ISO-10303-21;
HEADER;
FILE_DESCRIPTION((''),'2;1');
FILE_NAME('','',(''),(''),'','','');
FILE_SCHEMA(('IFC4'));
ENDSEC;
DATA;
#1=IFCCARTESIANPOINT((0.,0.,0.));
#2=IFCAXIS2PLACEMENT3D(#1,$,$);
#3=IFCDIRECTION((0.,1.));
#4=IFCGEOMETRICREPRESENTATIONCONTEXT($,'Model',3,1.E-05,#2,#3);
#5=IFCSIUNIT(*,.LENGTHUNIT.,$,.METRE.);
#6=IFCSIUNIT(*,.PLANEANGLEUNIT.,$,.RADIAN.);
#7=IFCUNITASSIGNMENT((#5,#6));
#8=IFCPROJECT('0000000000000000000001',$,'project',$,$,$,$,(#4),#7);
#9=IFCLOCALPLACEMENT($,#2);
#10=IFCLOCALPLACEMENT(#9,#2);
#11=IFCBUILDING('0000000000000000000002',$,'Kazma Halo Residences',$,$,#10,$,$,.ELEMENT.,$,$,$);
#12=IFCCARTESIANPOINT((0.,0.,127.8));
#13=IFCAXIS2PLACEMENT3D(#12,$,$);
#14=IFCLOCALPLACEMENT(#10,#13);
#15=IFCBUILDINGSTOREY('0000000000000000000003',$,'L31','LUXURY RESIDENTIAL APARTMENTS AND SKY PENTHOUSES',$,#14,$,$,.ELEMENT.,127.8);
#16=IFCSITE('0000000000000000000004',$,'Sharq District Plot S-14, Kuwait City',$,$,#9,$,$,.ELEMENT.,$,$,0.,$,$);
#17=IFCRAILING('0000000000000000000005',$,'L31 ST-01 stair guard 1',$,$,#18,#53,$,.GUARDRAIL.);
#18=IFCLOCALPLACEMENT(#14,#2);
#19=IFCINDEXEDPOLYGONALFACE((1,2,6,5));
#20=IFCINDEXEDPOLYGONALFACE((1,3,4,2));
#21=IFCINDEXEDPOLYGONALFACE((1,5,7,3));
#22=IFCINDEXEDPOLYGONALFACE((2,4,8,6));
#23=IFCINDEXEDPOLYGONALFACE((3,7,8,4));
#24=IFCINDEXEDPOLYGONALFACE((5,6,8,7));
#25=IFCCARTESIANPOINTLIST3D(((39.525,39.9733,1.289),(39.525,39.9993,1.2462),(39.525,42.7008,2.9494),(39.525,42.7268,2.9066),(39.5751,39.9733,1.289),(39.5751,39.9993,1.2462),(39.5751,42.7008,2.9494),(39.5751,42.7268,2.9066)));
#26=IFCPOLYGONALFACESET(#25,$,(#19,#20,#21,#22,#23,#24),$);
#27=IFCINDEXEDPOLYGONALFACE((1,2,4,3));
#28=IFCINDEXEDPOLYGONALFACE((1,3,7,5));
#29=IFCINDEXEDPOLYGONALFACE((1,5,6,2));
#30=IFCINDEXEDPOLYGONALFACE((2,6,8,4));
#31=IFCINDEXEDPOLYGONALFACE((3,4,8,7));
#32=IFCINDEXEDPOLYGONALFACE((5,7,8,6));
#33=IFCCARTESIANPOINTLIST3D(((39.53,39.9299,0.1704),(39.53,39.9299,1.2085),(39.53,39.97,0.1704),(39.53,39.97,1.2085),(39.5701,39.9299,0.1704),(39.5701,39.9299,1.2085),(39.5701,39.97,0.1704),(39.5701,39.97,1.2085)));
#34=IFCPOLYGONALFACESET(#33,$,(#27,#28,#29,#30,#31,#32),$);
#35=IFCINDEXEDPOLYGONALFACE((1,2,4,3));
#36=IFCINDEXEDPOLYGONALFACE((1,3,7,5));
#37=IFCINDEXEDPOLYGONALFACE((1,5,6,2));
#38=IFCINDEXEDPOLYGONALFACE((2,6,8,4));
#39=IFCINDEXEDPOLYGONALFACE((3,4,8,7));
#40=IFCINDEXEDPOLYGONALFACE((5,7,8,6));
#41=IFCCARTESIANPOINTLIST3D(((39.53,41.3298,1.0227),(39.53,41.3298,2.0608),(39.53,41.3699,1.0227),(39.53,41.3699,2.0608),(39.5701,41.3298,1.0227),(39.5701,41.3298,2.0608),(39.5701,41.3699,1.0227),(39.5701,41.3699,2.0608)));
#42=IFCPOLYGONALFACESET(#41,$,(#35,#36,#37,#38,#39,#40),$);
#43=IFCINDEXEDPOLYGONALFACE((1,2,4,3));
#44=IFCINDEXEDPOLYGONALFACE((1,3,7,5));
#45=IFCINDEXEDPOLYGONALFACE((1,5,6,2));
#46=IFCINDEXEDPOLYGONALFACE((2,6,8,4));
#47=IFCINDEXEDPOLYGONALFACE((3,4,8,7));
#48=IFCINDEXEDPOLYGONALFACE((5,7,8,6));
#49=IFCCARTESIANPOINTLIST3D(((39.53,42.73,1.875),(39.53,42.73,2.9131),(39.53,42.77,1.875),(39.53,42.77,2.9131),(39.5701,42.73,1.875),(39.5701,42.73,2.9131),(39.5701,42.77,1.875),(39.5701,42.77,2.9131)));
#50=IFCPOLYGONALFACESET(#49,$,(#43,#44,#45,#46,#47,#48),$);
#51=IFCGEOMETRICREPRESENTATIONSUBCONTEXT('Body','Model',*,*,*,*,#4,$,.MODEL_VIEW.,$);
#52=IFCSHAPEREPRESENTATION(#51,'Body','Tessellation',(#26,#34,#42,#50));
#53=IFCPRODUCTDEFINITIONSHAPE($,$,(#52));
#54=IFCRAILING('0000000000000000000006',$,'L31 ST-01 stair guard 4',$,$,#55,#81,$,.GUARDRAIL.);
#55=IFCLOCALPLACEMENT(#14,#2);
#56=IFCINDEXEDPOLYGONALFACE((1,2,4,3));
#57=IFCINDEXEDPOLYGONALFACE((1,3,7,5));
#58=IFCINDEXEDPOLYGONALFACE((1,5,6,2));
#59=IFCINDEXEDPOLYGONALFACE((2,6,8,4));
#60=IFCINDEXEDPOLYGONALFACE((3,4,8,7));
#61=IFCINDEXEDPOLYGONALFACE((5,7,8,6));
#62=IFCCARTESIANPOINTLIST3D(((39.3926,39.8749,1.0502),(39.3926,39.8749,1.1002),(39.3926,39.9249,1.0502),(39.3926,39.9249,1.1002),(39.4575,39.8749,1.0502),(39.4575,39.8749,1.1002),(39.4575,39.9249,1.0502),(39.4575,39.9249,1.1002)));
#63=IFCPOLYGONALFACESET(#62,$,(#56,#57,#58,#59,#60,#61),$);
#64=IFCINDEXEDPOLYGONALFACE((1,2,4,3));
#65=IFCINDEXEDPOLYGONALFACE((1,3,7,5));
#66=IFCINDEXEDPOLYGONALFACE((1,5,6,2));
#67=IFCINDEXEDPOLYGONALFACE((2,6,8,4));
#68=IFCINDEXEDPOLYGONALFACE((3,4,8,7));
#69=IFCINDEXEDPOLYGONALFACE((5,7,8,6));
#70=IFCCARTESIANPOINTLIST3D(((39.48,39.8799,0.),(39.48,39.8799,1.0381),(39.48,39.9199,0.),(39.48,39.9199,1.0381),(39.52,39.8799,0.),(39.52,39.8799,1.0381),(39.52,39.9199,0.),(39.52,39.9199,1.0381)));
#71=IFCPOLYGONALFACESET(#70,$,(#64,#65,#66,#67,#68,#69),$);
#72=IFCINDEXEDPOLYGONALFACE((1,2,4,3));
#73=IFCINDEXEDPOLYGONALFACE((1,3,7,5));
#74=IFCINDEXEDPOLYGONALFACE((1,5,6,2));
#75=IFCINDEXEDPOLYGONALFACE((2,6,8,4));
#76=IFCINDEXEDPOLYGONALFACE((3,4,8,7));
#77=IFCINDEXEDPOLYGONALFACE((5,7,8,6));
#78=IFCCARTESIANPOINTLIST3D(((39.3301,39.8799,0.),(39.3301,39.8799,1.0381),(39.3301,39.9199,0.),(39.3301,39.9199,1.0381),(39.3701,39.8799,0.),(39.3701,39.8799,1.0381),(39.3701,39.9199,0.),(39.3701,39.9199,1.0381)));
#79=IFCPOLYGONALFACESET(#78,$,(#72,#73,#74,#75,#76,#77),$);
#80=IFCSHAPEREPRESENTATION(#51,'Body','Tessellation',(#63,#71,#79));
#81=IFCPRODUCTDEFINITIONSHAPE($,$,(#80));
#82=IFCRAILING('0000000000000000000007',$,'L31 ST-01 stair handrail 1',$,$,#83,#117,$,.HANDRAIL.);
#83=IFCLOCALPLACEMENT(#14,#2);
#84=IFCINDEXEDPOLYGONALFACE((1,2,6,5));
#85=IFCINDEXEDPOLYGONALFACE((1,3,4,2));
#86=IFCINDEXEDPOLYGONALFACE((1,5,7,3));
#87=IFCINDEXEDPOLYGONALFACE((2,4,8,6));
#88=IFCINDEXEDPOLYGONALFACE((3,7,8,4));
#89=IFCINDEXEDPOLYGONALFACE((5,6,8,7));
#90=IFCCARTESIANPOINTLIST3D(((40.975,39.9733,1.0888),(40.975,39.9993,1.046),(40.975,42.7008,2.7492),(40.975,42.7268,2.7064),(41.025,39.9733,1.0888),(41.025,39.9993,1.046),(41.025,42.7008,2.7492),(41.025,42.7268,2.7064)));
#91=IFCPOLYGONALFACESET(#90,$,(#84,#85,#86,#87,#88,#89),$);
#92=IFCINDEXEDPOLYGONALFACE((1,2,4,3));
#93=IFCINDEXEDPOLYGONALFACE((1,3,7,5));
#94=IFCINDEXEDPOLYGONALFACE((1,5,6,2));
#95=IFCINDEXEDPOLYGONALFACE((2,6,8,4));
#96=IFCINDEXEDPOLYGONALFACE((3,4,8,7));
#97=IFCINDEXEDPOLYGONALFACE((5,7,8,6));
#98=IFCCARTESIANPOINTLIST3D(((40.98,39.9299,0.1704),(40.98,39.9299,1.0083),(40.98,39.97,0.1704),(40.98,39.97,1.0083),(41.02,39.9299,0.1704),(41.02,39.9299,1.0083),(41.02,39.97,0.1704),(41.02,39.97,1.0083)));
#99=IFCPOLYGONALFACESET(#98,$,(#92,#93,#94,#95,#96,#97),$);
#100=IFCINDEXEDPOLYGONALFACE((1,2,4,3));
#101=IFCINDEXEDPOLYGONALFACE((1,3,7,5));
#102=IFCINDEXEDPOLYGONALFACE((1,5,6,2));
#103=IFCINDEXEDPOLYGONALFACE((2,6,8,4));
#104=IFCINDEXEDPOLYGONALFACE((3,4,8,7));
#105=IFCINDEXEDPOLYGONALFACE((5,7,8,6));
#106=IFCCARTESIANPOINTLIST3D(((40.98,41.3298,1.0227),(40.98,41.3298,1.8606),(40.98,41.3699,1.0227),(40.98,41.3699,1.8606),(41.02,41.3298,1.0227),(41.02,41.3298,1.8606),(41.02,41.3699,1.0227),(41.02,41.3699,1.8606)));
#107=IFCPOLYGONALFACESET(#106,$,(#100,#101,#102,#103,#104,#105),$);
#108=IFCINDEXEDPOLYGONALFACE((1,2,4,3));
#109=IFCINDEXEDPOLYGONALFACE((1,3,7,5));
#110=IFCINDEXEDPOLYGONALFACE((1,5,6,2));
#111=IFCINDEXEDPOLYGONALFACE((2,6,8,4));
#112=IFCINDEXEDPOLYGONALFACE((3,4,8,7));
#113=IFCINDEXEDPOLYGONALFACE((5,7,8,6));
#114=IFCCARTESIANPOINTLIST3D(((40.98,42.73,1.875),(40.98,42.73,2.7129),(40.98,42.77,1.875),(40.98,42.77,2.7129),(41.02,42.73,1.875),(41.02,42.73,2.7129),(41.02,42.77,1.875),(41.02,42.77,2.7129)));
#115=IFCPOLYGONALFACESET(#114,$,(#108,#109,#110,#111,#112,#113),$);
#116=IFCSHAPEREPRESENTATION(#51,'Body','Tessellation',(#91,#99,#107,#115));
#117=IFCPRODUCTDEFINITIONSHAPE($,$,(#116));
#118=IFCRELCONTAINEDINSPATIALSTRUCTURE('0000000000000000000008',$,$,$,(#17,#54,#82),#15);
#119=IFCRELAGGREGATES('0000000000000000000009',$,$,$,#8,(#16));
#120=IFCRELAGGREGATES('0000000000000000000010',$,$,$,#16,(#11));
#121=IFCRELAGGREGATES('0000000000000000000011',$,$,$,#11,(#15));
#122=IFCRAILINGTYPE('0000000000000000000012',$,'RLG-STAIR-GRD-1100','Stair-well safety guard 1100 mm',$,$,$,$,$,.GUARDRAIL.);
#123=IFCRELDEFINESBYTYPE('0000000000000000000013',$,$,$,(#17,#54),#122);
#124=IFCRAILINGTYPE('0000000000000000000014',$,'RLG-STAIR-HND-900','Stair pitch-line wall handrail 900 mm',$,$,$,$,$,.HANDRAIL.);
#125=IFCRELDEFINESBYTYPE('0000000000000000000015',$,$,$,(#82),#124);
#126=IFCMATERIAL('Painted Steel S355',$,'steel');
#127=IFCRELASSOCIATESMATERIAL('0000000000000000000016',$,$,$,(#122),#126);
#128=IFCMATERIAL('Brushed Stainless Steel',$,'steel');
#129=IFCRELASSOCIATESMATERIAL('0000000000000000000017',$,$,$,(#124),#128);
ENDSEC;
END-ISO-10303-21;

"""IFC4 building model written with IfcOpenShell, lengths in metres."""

from ifc_helpers import new_model, si_unit, direction, frame, origin, origin_2d, place, context, subcontext, project, spatial, rectangle, extrude, material, type_object, element, save


model = new_model("IFC4")

# Units and contexts
model_context = context("Model", 3, precision=1e-05, world=origin(), true_north=direction((0.0, 1.0)))
body_context = subcontext(model_context, "Body", "Model", "MODEL_VIEW")
ifc_project = project(units=[si_unit("LENGTHUNIT", "METRE"), si_unit("PLANEANGLEUNIT", "RADIAN")], contexts=[model_context])

# Site, building, storey
site_placement = place(None, origin())
site = spatial("IfcSite", under=ifc_project, at=site_placement, Name="Sharq District Plot S-14, Kuwait City", CompositionType="ELEMENT", RefElevation=0.0)
building_placement = place(site_placement, origin())
building = spatial("IfcBuilding", under=site, at=building_placement, Name="Kazma Halo Residences", CompositionType="ELEMENT")
storey_placement = place(building_placement, frame((0.0, 0.0, 127.8)))
storey = spatial("IfcBuildingStorey", under=building, at=storey_placement, Name="L31", Description="LUXURY RESIDENTIAL APARTMENTS AND SKY PENTHOUSES", CompositionType="ELEMENT", Elevation=127.8)

# Railings
ifc_material_1 = material(Name="Painted Steel S355", Category="steel")
railing_type_1 = type_object("IfcRailingType", Name="RLG-STAIR-GRD-1100", Description="Stair-well safety guard 1100 mm", PredefinedType="GUARDRAIL", material=ifc_material_1)
railing_1_placement = place(storey_placement, frame((39.55, 39.95, 0.1704)))
element("IfcRailing", 1, at=railing_1_placement, inside=storey, type_object=railing_type_1, Name="L31 ST-01 stair guard 1", PredefinedType="GUARDRAIL", context=body_context, shape_type="SweptSolid", body=[
    extrude(rectangle(XDim=0.05, YDim=0.05, at=origin_2d()), frame((0.0, 0.0364, 1.0972), z_axis=(0.0, 0.85417, 0.519994), x_axis=(-1.0, 0.0, 0.0)), (0.0, 0.0, 1.0), 3.1931),
    extrude(rectangle(XDim=0.04, YDim=0.04, at=origin_2d()), origin(), (0.0, 0.0, 1.0), 1.0381),
    extrude(rectangle(XDim=0.04, YDim=0.04, at=origin_2d()), frame((0.0, 1.3999, 0.8523)), (0.0, 0.0, 1.0), 1.0381),
    extrude(rectangle(XDim=0.04, YDim=0.04, at=origin_2d()), frame((0.0, 2.8, 1.7046)), (0.0, 0.0, 1.0), 1.0381),
])
railing_2_placement = place(storey_placement, frame((39.5, 39.8999, 0.0)))
element("IfcRailing", 2, at=railing_2_placement, inside=storey, type_object=railing_type_1, Name="L31 ST-01 stair guard 4", PredefinedType="GUARDRAIL", context=body_context, shape_type="SweptSolid", body=[
    extrude(rectangle(XDim=0.05, YDim=0.05, at=origin_2d()), frame((-0.0425, 0.0, 1.0752), z_axis=(-1.0, 0.0, 0.0), x_axis=(0.0, -1.0, 0.0)), (0.0, 0.0, 1.0), 0.0649),
    extrude(rectangle(XDim=0.04, YDim=0.04, at=origin_2d()), origin(), (0.0, 0.0, 1.0), 1.0381),
    extrude(rectangle(XDim=0.04, YDim=0.04, at=origin_2d()), frame((-0.1499, 0.0, 0.0)), (0.0, 0.0, 1.0), 1.0381),
])
ifc_material_2 = material(Name="Brushed Stainless Steel", Category="steel")
railing_type_2 = type_object("IfcRailingType", Name="RLG-STAIR-HND-900", Description="Stair pitch-line wall handrail 900 mm", PredefinedType="HANDRAIL", material=ifc_material_2)
railing_3_placement = place(storey_placement, frame((41.0, 39.95, 0.1704)))
element("IfcRailing", 3, at=railing_3_placement, inside=storey, type_object=railing_type_2, Name="L31 ST-01 stair handrail 1", PredefinedType="HANDRAIL", context=body_context, shape_type="SweptSolid", body=[
    extrude(rectangle(XDim=0.05, YDim=0.05, at=origin_2d()), frame((0.0, 0.0364, 0.897), z_axis=(0.0, 0.85417, 0.519994), x_axis=(-1.0, 0.0, 0.0)), (0.0, 0.0, 1.0), 3.1931),
    extrude(rectangle(XDim=0.04, YDim=0.04, at=origin_2d()), origin(), (0.0, 0.0, 1.0), 0.8379),
    extrude(rectangle(XDim=0.04, YDim=0.04, at=origin_2d()), frame((0.0, 1.3999, 0.8523)), (0.0, 0.0, 1.0), 0.8379),
    extrude(rectangle(XDim=0.04, YDim=0.04, at=origin_2d()), frame((0.0, 2.8, 1.7046)), (0.0, 0.0, 1.0), 0.8379),
])

save(model, "model.ifc")
